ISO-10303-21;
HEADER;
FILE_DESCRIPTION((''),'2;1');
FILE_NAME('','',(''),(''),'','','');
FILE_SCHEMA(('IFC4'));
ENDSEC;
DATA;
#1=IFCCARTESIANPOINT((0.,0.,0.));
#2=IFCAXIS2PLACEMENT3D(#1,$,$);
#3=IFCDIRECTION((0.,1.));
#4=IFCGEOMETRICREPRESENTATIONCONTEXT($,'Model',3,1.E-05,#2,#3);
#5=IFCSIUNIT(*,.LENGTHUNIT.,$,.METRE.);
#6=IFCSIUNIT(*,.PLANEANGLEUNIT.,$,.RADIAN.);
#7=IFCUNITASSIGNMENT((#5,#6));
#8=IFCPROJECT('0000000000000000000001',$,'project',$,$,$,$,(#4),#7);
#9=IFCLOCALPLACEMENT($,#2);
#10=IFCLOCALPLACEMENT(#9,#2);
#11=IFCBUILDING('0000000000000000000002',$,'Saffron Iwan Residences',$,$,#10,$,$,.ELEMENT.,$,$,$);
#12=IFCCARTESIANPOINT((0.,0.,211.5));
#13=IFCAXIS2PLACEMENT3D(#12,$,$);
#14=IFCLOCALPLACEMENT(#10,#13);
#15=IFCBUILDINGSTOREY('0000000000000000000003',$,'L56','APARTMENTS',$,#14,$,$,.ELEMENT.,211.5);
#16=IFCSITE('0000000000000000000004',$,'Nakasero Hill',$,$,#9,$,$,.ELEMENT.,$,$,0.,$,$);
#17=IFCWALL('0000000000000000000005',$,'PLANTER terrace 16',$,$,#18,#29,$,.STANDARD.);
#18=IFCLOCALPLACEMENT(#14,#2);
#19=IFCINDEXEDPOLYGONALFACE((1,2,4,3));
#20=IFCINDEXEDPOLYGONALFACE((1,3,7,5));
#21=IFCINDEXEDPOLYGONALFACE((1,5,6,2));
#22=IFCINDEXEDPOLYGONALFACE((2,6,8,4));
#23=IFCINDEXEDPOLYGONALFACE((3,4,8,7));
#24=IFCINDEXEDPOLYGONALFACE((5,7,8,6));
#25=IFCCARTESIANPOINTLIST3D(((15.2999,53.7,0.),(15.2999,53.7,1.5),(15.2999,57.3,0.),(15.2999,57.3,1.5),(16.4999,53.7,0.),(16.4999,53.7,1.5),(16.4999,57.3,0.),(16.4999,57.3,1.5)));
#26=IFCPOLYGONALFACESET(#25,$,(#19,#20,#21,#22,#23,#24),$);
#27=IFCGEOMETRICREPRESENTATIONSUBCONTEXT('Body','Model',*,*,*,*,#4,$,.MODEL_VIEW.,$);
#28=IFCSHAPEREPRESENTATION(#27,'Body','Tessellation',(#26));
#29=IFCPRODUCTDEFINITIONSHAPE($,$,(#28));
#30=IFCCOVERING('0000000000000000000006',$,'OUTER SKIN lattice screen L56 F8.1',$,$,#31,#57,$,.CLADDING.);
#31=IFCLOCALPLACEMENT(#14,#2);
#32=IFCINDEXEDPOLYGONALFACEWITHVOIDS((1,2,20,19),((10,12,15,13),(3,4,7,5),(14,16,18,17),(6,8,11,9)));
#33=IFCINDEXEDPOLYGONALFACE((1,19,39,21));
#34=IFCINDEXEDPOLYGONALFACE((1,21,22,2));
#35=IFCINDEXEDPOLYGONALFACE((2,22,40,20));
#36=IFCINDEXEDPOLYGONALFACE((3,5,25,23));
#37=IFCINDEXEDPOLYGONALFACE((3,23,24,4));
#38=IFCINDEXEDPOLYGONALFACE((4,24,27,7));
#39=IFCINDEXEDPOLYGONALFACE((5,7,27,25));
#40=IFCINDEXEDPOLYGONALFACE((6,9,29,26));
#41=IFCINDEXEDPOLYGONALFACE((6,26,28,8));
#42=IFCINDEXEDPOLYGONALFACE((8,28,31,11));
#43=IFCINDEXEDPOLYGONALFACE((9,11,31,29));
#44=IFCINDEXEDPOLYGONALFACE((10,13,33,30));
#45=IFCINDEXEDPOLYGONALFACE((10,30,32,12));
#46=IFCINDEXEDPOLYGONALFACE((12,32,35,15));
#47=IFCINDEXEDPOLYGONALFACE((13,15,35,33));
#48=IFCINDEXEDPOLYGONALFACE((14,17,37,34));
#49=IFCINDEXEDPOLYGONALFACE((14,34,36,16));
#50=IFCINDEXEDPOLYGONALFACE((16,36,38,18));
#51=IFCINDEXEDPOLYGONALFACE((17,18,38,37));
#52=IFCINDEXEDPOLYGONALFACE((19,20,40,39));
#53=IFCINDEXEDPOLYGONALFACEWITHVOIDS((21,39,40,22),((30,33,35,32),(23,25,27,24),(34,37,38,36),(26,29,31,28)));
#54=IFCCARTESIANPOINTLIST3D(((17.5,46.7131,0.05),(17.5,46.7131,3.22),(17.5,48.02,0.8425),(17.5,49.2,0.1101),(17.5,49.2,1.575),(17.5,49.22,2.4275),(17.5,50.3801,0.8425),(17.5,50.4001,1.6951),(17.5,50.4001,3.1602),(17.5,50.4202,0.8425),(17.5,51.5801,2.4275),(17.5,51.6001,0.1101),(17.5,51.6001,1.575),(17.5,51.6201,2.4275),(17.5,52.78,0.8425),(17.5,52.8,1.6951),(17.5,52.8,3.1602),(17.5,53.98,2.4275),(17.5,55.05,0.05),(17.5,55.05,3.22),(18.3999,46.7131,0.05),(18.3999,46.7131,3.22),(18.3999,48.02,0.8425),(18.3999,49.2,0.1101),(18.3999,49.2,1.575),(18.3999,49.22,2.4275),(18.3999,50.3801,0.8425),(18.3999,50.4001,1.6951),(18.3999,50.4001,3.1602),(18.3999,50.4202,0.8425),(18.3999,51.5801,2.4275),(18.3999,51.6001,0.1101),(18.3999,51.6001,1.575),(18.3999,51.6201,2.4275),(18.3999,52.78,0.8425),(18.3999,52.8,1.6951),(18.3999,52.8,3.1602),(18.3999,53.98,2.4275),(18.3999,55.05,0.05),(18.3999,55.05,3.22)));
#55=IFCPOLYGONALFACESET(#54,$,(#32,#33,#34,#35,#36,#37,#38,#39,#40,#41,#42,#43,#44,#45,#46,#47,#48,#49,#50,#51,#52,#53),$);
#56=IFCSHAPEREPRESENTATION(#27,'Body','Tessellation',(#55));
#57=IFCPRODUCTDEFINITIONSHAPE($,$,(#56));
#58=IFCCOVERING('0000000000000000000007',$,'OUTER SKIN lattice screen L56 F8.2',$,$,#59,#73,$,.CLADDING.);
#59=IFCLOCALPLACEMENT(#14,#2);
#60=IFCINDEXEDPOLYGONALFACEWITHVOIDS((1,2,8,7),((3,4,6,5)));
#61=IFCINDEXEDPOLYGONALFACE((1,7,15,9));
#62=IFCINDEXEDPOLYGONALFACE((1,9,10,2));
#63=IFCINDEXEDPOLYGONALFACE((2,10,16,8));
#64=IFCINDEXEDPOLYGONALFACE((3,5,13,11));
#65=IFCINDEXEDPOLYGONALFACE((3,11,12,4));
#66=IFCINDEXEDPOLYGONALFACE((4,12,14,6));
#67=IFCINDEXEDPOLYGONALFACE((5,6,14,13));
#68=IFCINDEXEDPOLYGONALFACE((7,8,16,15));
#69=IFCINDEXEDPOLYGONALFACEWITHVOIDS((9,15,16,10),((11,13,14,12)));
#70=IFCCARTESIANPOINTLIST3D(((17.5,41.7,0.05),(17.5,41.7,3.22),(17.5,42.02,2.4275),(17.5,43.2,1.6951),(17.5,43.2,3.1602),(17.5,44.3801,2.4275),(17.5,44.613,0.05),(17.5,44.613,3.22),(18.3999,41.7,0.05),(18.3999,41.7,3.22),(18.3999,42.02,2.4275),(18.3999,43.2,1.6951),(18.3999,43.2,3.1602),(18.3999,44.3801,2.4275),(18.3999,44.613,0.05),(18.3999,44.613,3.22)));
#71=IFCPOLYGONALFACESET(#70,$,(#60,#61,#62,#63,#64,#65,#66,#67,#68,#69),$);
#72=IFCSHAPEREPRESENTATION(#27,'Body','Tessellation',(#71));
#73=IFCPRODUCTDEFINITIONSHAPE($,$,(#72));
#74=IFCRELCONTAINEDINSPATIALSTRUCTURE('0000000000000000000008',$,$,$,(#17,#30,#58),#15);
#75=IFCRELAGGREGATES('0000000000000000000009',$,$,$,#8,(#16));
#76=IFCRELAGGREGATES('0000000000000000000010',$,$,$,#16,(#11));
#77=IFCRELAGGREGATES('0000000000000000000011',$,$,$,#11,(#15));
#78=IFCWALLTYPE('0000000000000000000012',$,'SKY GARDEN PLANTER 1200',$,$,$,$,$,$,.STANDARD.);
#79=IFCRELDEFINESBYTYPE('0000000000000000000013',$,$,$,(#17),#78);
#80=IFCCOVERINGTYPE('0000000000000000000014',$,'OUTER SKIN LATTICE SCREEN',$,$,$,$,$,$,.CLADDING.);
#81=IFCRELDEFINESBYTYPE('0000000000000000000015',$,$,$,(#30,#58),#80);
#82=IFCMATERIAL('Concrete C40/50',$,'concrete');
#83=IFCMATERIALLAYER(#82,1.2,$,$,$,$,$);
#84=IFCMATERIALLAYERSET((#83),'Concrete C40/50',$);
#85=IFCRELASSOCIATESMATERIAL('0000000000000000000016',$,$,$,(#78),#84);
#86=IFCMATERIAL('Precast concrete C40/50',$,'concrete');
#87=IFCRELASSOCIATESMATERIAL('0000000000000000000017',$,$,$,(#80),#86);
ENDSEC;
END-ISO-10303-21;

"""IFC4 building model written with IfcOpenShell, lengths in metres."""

from ifc_helpers import new_model, si_unit, direction, frame, frame_2d, origin, place, context, subcontext, project, spatial, polyline, rectangle, outline, extrude, material, layer, layer_set, type_object, element, save


model = new_model("IFC4")

# Units and contexts
model_context = context("Model", 3, precision=1e-05, world=origin(), true_north=direction((0.0, 1.0)))
body_context = subcontext(model_context, "Body", "Model", "MODEL_VIEW")
ifc_project = project(units=[si_unit("LENGTHUNIT", "METRE"), si_unit("PLANEANGLEUNIT", "RADIAN")], contexts=[model_context])

# Site, building, storey
site_placement = place(None, origin())
site = spatial("IfcSite", under=ifc_project, at=site_placement, Name="Nakasero Hill", CompositionType="ELEMENT", RefElevation=0.0)
building_placement = place(site_placement, origin())
building = spatial("IfcBuilding", under=site, at=building_placement, Name="Saffron Iwan Residences", CompositionType="ELEMENT")
storey_placement = place(building_placement, frame((0.0, 0.0, 211.5)))
storey = spatial("IfcBuildingStorey", under=building, at=storey_placement, Name="L56", Description="APARTMENTS", CompositionType="ELEMENT", Elevation=211.5)

# Shared definitions
ifc_material_1 = material(Name="Concrete C40/50", Category="concrete")

# Wall
ifc_layer_1 = layer(ifc_material_1, 1.2)
ifc_layer_set_1 = layer_set([ifc_layer_1], Name="Concrete C40/50")
wall_type_1 = type_object("IfcWallType", Name="SKY GARDEN PLANTER 1200", PredefinedType="STANDARD", material=ifc_layer_set_1)
for number, where, z_axis, x_axis, name in (
    (1, (15.8999, 53.7, 0.0), (0.0, 0.0, 1.0), (0.0, 1.0, 0.0), "PLANTER terrace 16"),
):
    element("IfcWall", number, at=place(storey_placement, frame(where, z_axis=z_axis, x_axis=x_axis)), inside=storey, type_object=wall_type_1, Name=name, PredefinedType="STANDARD", context=body_context, shape_type="SweptSolid", body=[
        extrude(rectangle(XDim=3.6001, YDim=1.2, at=frame_2d((1.8, 0.0))), origin(), (0.0, 0.0, 1.0), 1.5),
    ])

# Coverings
ifc_material_2 = material(Name="Precast concrete C40/50", Category="concrete")
covering_type = type_object("IfcCoveringType", Name="OUTER SKIN LATTICE SCREEN", PredefinedType="CLADDING", material=ifc_material_2)
covering_1_placement = place(storey_placement, frame((18.3999, 55.05, 0.05), z_axis=(-1.0, 0.0, 0.0), x_axis=(0.0, -1.0, 0.0)))
element("IfcCovering", 2, at=covering_1_placement, inside=storey, type_object=covering_type, Name="OUTER SKIN lattice screen L56 F8.1", PredefinedType="CLADDING", context=body_context, shape_type="SweptSolid", body=[
    extrude(outline(polyline([(0.0, 0.0), (8.3369, 0.0), (8.3369, 3.1699), (0.0, 3.1699), (0.0, 0.0)]), holes=[polyline([(2.27, 0.7925), (3.45, 0.0601), (4.6299, 0.7925), (3.45, 1.5249), (2.27, 0.7925)]), polyline([(4.6699, 0.7925), (5.8501, 0.0601), (7.03, 0.7925), (5.8501, 1.5249), (4.6699, 0.7925)]), polyline([(1.0701, 2.3774), (2.25, 1.645), (3.4299, 2.3774), (2.25, 3.1101), (1.0701, 2.3774)]), polyline([(3.47, 2.3774), (4.6499, 1.645), (5.8301, 2.3774), (4.6499, 3.1101), (3.47, 2.3774)])]), origin(), (0.0, 0.0, 1.0), 0.8999),
])
covering_2_placement = place(storey_placement, frame((18.3999, 44.613, 0.05), z_axis=(-1.0, 0.0, 0.0), x_axis=(0.0, -1.0, 0.0)))
element("IfcCovering", 3, at=covering_2_placement, inside=storey, type_object=covering_type, Name="OUTER SKIN lattice screen L56 F8.2", PredefinedType="CLADDING", context=body_context, shape_type="SweptSolid", body=[
    extrude(outline(polyline([(0.0, 0.0), (2.9131, 0.0), (2.9131, 3.1699), (0.0, 3.1699), (0.0, 0.0)]), holes=[polyline([(0.2329, 2.3774), (1.4131, 1.645), (2.593, 2.3774), (1.4131, 3.1101), (0.2329, 2.3774)])]), origin(), (0.0, 0.0, 1.0), 0.8999),
])

save(model, "model.ifc")
